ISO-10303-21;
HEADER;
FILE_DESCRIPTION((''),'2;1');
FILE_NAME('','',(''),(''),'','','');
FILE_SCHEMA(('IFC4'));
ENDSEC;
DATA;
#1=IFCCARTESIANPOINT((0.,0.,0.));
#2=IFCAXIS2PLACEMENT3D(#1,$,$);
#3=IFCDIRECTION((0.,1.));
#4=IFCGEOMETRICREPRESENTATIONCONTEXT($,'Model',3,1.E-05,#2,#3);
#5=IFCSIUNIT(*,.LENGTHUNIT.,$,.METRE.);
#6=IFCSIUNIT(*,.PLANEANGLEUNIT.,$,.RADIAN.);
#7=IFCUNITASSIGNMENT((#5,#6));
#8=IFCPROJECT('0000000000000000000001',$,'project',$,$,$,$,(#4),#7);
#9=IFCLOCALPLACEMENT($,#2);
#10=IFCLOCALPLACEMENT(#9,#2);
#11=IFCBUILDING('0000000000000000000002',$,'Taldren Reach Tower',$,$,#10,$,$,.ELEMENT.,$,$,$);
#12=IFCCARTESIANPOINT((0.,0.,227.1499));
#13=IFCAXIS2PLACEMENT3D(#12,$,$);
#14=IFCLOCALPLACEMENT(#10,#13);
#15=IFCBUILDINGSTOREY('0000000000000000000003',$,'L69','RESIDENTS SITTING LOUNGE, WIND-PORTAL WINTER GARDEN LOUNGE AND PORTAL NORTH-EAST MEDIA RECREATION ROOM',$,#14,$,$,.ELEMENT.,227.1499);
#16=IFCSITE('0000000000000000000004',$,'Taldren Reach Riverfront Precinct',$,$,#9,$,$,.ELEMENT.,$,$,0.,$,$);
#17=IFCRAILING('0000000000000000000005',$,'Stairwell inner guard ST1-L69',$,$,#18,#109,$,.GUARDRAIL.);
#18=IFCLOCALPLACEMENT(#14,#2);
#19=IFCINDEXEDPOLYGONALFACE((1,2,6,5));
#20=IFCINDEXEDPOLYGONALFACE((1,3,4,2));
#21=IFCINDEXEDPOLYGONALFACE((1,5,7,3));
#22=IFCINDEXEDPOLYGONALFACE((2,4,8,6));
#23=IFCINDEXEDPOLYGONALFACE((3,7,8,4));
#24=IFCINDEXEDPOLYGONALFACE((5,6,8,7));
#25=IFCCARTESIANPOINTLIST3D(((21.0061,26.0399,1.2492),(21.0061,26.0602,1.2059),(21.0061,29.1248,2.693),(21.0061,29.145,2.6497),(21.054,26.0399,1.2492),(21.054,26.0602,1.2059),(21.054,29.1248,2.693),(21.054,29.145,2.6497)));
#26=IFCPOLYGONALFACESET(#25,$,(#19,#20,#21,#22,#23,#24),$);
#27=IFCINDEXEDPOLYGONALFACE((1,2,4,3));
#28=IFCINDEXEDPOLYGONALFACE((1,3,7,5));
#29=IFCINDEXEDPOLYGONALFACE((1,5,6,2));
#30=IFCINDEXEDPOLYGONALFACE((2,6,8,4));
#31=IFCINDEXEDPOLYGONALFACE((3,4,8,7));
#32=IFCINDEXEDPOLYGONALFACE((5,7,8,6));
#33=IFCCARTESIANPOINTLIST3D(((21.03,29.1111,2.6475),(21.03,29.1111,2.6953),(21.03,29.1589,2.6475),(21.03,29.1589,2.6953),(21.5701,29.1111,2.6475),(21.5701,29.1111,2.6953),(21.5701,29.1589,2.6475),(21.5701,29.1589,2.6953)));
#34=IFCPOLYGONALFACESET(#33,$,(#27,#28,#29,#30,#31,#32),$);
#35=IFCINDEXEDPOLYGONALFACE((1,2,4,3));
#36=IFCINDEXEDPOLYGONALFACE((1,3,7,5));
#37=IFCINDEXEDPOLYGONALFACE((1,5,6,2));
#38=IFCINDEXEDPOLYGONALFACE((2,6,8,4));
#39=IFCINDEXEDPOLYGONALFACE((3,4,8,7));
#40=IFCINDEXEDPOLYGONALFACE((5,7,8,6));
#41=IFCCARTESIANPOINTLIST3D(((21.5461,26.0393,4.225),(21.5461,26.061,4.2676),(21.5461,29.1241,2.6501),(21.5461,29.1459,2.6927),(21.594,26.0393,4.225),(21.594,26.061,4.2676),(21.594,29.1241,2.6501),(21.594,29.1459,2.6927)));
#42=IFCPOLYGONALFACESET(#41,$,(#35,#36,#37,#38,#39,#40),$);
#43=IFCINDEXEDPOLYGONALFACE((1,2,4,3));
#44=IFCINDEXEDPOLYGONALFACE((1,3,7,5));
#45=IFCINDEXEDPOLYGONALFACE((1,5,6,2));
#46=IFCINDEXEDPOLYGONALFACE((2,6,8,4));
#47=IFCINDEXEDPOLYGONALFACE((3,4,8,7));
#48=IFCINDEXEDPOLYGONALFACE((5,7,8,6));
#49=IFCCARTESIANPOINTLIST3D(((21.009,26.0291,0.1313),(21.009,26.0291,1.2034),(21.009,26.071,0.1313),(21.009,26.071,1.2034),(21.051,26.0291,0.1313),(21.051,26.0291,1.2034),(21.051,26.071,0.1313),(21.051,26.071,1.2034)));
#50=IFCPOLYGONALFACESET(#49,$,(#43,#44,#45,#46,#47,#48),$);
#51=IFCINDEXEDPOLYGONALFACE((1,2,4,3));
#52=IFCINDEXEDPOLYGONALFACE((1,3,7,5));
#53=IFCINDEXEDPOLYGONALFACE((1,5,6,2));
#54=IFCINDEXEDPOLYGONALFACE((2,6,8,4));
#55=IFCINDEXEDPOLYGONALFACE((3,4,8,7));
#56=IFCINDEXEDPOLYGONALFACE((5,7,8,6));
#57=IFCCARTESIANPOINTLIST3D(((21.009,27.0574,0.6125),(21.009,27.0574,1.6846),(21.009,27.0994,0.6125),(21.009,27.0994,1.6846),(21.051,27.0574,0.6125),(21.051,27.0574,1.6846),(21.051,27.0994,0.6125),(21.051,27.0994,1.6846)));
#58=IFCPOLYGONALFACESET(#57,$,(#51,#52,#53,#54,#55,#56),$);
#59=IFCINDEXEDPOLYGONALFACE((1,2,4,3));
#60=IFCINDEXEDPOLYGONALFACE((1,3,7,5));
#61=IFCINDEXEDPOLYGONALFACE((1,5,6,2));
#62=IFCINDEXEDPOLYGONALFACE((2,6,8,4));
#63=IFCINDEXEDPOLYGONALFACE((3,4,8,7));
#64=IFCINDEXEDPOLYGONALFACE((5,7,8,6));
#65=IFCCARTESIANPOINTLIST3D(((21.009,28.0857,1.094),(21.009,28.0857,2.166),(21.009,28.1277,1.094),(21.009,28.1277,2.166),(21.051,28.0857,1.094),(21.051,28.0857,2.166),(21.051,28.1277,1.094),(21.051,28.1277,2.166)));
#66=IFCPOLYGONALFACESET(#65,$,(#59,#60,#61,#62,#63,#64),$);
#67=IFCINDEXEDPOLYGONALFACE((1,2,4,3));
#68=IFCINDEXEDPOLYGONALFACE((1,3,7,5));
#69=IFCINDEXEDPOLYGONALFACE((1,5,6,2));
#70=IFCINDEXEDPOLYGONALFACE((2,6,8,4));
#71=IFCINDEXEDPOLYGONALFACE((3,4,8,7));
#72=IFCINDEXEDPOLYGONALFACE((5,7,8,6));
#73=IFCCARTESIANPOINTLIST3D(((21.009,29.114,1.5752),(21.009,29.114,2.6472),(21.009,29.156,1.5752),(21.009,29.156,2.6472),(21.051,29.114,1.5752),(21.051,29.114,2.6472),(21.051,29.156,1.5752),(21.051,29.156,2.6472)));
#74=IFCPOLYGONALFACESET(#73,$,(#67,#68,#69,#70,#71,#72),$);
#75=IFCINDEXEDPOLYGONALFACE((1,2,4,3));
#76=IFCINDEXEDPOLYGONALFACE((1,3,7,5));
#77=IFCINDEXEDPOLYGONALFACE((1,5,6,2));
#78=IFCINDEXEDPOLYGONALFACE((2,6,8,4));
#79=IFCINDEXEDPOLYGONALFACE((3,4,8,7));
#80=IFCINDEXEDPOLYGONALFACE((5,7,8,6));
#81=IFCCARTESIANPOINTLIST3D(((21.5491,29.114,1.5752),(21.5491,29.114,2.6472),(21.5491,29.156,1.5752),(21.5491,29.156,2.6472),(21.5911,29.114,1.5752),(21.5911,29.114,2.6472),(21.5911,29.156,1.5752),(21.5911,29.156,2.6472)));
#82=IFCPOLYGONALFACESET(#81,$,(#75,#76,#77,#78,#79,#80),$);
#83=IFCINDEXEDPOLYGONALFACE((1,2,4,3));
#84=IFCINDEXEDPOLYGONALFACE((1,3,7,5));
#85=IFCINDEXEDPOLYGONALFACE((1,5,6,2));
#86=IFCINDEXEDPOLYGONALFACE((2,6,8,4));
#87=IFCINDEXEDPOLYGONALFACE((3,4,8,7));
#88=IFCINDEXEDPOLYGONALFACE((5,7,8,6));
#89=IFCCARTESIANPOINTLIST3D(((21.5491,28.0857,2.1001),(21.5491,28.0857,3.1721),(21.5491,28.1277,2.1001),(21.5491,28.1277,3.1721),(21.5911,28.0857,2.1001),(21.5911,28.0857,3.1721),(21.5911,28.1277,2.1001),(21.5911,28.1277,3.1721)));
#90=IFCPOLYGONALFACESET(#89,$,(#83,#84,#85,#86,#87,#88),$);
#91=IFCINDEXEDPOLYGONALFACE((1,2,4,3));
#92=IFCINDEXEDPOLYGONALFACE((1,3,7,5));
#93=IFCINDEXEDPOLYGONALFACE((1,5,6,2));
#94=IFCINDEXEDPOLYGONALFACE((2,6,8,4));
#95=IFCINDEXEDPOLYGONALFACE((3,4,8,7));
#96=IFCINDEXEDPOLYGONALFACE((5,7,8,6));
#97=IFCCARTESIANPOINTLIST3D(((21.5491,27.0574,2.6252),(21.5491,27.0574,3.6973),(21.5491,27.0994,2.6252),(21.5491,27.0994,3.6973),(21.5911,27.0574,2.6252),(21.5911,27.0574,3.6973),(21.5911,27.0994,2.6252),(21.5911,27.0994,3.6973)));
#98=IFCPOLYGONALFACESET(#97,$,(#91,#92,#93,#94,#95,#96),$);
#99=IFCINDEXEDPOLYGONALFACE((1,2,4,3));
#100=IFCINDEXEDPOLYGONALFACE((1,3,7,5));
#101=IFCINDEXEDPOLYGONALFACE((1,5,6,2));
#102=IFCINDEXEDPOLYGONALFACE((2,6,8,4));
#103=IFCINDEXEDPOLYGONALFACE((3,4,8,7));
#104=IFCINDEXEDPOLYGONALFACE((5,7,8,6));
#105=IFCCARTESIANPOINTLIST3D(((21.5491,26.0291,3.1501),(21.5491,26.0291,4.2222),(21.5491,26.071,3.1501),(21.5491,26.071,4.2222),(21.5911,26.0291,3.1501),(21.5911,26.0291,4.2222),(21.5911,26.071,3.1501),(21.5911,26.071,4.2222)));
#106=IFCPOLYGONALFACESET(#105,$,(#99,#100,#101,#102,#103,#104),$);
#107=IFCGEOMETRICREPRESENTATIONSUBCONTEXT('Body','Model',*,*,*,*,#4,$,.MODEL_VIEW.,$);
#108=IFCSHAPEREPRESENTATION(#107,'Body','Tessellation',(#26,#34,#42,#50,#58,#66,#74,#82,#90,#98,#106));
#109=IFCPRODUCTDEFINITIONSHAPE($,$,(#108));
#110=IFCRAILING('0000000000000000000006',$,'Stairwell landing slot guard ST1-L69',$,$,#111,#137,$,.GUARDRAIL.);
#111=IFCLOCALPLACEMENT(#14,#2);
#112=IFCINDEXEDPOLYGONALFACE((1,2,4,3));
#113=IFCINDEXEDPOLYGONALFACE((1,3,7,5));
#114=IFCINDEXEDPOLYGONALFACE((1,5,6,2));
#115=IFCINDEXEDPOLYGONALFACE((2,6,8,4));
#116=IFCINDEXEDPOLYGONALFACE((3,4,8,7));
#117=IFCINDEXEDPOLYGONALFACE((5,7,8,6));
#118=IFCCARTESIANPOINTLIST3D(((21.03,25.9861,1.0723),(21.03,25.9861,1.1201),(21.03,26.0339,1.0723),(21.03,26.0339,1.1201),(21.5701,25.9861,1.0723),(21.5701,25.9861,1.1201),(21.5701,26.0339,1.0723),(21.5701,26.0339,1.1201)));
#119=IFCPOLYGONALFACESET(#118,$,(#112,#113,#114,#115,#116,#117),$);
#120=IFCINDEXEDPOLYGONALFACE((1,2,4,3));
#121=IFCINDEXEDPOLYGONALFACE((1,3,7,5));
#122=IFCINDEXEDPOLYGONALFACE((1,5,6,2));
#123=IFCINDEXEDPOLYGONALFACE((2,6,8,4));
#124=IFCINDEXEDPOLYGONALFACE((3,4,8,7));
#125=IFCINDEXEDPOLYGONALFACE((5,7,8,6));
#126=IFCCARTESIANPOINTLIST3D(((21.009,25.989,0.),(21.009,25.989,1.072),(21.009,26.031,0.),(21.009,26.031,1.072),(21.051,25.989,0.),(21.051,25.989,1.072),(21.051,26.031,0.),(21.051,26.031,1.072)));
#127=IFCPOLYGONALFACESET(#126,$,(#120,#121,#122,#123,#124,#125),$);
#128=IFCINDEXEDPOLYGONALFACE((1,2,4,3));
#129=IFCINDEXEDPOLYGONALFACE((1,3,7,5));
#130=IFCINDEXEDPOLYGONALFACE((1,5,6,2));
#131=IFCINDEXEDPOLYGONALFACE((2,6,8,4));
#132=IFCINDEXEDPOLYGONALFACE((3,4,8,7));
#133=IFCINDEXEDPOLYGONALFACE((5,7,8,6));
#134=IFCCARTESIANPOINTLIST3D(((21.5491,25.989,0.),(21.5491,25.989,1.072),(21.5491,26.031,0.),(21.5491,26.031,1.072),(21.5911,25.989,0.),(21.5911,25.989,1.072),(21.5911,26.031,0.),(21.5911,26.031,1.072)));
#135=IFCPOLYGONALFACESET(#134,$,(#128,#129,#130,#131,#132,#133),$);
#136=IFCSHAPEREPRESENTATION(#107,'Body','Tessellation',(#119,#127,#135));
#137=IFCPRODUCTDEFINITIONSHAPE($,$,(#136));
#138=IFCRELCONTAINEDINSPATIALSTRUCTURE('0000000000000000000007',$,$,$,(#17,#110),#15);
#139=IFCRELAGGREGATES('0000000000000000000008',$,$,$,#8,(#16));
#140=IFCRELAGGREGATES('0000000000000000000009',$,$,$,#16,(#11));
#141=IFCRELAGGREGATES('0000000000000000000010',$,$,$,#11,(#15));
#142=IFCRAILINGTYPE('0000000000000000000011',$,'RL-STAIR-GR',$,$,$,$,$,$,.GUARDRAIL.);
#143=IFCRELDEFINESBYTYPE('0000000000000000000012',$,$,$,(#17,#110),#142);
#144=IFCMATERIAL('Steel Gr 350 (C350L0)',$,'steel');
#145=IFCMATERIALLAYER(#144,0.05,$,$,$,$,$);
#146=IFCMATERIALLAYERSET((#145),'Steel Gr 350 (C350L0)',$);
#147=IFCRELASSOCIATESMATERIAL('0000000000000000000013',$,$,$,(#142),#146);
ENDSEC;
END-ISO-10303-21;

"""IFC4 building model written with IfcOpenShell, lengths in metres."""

from ifc_helpers import new_model, si_unit, direction, frame, origin, origin_2d, place, context, subcontext, project, spatial, rectangle, extrude, material, layer, layer_set, type_object, element, save


model = new_model("IFC4")

# Units and contexts
model_context = context("Model", 3, precision=1e-05, world=origin(), true_north=direction((0.0, 1.0)))
body_context = subcontext(model_context, "Body", "Model", "MODEL_VIEW")
ifc_project = project(units=[si_unit("LENGTHUNIT", "METRE"), si_unit("PLANEANGLEUNIT", "RADIAN")], contexts=[model_context])

# Site, building, storey
site_placement = place(None, origin())
site = spatial("IfcSite", under=ifc_project, at=site_placement, Name="Taldren Reach Riverfront Precinct", CompositionType="ELEMENT", RefElevation=0.0)
building_placement = place(site_placement, origin())
building = spatial("IfcBuilding", under=site, at=building_placement, Name="Taldren Reach Tower", CompositionType="ELEMENT")
storey_placement = place(building_placement, frame((0.0, 0.0, 227.1499)))
storey = spatial("IfcBuildingStorey", under=building, at=storey_placement, Name="L69", Description="RESIDENTS SITTING LOUNGE, WIND-PORTAL WINTER GARDEN LOUNGE AND PORTAL NORTH-EAST MEDIA RECREATION ROOM", CompositionType="ELEMENT", Elevation=227.1499)

# Shared definitions
ifc_material_1 = material(Name="Steel Gr 350 (C350L0)", Category="steel")

# Railings
ifc_layer_1 = layer(ifc_material_1, 0.05)
ifc_layer_set_1 = layer_set([ifc_layer_1], Name="Steel Gr 350 (C350L0)")
railing_type_1 = type_object("IfcRailingType", Name="RL-STAIR-GR", PredefinedType="GUARDRAIL", material=ifc_layer_set_1)
railing_1_placement = place(storey_placement, frame((21.03, 26.05, 0.1313)))
element("IfcRailing", 1, at=railing_1_placement, inside=storey, type_object=railing_type_1, Name="Stairwell inner guard ST1-L69", PredefinedType="GUARDRAIL", context=body_context, shape_type="SweptSolid", body=[
    extrude(rectangle(XDim=0.0479, YDim=0.0479, at=origin_2d()), frame((0.0, 0.0, 1.0962), z_axis=(0.0, 0.90571, 0.423898), x_axis=(-1.0, 0.0, 0.0)), (0.0, 0.0, 1.0), 3.406),
    extrude(rectangle(XDim=0.0479, YDim=0.0479, at=origin_2d()), frame((0.0, 3.085, 2.54), z_axis=(1.0, 0.0, 0.0), x_axis=(0.0, 1.0, 0.0)), (0.0, 0.0, 1.0), 0.54),
    extrude(rectangle(XDim=0.0479, YDim=0.0479, at=origin_2d()), frame((0.54, 3.085, 2.54), z_axis=(0.0, -0.890646, 0.454697), x_axis=(1.0, 0.0, 0.0)), (0.0, 0.0, 1.0), 3.4636),
    extrude(rectangle(XDim=0.042, YDim=0.042, at=origin_2d()), origin(), (0.0, 0.0, 1.0), 1.072),
    extrude(rectangle(XDim=0.042, YDim=0.042, at=origin_2d()), frame((0.0, 1.0283, 0.4812)), (0.0, 0.0, 1.0), 1.072),
    extrude(rectangle(XDim=0.042, YDim=0.042, at=origin_2d()), frame((0.0, 2.0566, 0.9626)), (0.0, 0.0, 1.0), 1.072),
    extrude(rectangle(XDim=0.042, YDim=0.042, at=origin_2d()), frame((0.0, 3.085, 1.4438)), (0.0, 0.0, 1.0), 1.072),
    extrude(rectangle(XDim=0.042, YDim=0.042, at=origin_2d()), frame((0.54, 3.085, 1.4438)), (0.0, 0.0, 1.0), 1.072),
    extrude(rectangle(XDim=0.042, YDim=0.042, at=origin_2d()), frame((0.54, 2.0566, 1.9688)), (0.0, 0.0, 1.0), 1.072),
    extrude(rectangle(XDim=0.042, YDim=0.042, at=origin_2d()), frame((0.54, 1.0283, 2.4939)), (0.0, 0.0, 1.0), 1.072),
    extrude(rectangle(XDim=0.042, YDim=0.042, at=origin_2d()), frame((0.54, 0.0, 3.0188)), (0.0, 0.0, 1.0), 1.072),
])
railing_2_placement = place(storey_placement, frame((21.03, 26.01, 0.0)))
element("IfcRailing", 2, at=railing_2_placement, inside=storey, type_object=railing_type_1, Name="Stairwell landing slot guard ST1-L69", PredefinedType="GUARDRAIL", context=body_context, shape_type="SweptSolid", body=[
    extrude(rectangle(XDim=0.0479, YDim=0.0479, at=origin_2d()), frame((0.0, 0.0, 1.0962), z_axis=(1.0, 0.0, 0.0), x_axis=(0.0, 1.0, 0.0)), (0.0, 0.0, 1.0), 0.54),
    extrude(rectangle(XDim=0.042, YDim=0.042, at=origin_2d()), origin(), (0.0, 0.0, 1.0), 1.072),
    extrude(rectangle(XDim=0.042, YDim=0.042, at=origin_2d()), frame((0.54, 0.0, 0.0)), (0.0, 0.0, 1.0), 1.072),
])

save(model, "model.ifc")
